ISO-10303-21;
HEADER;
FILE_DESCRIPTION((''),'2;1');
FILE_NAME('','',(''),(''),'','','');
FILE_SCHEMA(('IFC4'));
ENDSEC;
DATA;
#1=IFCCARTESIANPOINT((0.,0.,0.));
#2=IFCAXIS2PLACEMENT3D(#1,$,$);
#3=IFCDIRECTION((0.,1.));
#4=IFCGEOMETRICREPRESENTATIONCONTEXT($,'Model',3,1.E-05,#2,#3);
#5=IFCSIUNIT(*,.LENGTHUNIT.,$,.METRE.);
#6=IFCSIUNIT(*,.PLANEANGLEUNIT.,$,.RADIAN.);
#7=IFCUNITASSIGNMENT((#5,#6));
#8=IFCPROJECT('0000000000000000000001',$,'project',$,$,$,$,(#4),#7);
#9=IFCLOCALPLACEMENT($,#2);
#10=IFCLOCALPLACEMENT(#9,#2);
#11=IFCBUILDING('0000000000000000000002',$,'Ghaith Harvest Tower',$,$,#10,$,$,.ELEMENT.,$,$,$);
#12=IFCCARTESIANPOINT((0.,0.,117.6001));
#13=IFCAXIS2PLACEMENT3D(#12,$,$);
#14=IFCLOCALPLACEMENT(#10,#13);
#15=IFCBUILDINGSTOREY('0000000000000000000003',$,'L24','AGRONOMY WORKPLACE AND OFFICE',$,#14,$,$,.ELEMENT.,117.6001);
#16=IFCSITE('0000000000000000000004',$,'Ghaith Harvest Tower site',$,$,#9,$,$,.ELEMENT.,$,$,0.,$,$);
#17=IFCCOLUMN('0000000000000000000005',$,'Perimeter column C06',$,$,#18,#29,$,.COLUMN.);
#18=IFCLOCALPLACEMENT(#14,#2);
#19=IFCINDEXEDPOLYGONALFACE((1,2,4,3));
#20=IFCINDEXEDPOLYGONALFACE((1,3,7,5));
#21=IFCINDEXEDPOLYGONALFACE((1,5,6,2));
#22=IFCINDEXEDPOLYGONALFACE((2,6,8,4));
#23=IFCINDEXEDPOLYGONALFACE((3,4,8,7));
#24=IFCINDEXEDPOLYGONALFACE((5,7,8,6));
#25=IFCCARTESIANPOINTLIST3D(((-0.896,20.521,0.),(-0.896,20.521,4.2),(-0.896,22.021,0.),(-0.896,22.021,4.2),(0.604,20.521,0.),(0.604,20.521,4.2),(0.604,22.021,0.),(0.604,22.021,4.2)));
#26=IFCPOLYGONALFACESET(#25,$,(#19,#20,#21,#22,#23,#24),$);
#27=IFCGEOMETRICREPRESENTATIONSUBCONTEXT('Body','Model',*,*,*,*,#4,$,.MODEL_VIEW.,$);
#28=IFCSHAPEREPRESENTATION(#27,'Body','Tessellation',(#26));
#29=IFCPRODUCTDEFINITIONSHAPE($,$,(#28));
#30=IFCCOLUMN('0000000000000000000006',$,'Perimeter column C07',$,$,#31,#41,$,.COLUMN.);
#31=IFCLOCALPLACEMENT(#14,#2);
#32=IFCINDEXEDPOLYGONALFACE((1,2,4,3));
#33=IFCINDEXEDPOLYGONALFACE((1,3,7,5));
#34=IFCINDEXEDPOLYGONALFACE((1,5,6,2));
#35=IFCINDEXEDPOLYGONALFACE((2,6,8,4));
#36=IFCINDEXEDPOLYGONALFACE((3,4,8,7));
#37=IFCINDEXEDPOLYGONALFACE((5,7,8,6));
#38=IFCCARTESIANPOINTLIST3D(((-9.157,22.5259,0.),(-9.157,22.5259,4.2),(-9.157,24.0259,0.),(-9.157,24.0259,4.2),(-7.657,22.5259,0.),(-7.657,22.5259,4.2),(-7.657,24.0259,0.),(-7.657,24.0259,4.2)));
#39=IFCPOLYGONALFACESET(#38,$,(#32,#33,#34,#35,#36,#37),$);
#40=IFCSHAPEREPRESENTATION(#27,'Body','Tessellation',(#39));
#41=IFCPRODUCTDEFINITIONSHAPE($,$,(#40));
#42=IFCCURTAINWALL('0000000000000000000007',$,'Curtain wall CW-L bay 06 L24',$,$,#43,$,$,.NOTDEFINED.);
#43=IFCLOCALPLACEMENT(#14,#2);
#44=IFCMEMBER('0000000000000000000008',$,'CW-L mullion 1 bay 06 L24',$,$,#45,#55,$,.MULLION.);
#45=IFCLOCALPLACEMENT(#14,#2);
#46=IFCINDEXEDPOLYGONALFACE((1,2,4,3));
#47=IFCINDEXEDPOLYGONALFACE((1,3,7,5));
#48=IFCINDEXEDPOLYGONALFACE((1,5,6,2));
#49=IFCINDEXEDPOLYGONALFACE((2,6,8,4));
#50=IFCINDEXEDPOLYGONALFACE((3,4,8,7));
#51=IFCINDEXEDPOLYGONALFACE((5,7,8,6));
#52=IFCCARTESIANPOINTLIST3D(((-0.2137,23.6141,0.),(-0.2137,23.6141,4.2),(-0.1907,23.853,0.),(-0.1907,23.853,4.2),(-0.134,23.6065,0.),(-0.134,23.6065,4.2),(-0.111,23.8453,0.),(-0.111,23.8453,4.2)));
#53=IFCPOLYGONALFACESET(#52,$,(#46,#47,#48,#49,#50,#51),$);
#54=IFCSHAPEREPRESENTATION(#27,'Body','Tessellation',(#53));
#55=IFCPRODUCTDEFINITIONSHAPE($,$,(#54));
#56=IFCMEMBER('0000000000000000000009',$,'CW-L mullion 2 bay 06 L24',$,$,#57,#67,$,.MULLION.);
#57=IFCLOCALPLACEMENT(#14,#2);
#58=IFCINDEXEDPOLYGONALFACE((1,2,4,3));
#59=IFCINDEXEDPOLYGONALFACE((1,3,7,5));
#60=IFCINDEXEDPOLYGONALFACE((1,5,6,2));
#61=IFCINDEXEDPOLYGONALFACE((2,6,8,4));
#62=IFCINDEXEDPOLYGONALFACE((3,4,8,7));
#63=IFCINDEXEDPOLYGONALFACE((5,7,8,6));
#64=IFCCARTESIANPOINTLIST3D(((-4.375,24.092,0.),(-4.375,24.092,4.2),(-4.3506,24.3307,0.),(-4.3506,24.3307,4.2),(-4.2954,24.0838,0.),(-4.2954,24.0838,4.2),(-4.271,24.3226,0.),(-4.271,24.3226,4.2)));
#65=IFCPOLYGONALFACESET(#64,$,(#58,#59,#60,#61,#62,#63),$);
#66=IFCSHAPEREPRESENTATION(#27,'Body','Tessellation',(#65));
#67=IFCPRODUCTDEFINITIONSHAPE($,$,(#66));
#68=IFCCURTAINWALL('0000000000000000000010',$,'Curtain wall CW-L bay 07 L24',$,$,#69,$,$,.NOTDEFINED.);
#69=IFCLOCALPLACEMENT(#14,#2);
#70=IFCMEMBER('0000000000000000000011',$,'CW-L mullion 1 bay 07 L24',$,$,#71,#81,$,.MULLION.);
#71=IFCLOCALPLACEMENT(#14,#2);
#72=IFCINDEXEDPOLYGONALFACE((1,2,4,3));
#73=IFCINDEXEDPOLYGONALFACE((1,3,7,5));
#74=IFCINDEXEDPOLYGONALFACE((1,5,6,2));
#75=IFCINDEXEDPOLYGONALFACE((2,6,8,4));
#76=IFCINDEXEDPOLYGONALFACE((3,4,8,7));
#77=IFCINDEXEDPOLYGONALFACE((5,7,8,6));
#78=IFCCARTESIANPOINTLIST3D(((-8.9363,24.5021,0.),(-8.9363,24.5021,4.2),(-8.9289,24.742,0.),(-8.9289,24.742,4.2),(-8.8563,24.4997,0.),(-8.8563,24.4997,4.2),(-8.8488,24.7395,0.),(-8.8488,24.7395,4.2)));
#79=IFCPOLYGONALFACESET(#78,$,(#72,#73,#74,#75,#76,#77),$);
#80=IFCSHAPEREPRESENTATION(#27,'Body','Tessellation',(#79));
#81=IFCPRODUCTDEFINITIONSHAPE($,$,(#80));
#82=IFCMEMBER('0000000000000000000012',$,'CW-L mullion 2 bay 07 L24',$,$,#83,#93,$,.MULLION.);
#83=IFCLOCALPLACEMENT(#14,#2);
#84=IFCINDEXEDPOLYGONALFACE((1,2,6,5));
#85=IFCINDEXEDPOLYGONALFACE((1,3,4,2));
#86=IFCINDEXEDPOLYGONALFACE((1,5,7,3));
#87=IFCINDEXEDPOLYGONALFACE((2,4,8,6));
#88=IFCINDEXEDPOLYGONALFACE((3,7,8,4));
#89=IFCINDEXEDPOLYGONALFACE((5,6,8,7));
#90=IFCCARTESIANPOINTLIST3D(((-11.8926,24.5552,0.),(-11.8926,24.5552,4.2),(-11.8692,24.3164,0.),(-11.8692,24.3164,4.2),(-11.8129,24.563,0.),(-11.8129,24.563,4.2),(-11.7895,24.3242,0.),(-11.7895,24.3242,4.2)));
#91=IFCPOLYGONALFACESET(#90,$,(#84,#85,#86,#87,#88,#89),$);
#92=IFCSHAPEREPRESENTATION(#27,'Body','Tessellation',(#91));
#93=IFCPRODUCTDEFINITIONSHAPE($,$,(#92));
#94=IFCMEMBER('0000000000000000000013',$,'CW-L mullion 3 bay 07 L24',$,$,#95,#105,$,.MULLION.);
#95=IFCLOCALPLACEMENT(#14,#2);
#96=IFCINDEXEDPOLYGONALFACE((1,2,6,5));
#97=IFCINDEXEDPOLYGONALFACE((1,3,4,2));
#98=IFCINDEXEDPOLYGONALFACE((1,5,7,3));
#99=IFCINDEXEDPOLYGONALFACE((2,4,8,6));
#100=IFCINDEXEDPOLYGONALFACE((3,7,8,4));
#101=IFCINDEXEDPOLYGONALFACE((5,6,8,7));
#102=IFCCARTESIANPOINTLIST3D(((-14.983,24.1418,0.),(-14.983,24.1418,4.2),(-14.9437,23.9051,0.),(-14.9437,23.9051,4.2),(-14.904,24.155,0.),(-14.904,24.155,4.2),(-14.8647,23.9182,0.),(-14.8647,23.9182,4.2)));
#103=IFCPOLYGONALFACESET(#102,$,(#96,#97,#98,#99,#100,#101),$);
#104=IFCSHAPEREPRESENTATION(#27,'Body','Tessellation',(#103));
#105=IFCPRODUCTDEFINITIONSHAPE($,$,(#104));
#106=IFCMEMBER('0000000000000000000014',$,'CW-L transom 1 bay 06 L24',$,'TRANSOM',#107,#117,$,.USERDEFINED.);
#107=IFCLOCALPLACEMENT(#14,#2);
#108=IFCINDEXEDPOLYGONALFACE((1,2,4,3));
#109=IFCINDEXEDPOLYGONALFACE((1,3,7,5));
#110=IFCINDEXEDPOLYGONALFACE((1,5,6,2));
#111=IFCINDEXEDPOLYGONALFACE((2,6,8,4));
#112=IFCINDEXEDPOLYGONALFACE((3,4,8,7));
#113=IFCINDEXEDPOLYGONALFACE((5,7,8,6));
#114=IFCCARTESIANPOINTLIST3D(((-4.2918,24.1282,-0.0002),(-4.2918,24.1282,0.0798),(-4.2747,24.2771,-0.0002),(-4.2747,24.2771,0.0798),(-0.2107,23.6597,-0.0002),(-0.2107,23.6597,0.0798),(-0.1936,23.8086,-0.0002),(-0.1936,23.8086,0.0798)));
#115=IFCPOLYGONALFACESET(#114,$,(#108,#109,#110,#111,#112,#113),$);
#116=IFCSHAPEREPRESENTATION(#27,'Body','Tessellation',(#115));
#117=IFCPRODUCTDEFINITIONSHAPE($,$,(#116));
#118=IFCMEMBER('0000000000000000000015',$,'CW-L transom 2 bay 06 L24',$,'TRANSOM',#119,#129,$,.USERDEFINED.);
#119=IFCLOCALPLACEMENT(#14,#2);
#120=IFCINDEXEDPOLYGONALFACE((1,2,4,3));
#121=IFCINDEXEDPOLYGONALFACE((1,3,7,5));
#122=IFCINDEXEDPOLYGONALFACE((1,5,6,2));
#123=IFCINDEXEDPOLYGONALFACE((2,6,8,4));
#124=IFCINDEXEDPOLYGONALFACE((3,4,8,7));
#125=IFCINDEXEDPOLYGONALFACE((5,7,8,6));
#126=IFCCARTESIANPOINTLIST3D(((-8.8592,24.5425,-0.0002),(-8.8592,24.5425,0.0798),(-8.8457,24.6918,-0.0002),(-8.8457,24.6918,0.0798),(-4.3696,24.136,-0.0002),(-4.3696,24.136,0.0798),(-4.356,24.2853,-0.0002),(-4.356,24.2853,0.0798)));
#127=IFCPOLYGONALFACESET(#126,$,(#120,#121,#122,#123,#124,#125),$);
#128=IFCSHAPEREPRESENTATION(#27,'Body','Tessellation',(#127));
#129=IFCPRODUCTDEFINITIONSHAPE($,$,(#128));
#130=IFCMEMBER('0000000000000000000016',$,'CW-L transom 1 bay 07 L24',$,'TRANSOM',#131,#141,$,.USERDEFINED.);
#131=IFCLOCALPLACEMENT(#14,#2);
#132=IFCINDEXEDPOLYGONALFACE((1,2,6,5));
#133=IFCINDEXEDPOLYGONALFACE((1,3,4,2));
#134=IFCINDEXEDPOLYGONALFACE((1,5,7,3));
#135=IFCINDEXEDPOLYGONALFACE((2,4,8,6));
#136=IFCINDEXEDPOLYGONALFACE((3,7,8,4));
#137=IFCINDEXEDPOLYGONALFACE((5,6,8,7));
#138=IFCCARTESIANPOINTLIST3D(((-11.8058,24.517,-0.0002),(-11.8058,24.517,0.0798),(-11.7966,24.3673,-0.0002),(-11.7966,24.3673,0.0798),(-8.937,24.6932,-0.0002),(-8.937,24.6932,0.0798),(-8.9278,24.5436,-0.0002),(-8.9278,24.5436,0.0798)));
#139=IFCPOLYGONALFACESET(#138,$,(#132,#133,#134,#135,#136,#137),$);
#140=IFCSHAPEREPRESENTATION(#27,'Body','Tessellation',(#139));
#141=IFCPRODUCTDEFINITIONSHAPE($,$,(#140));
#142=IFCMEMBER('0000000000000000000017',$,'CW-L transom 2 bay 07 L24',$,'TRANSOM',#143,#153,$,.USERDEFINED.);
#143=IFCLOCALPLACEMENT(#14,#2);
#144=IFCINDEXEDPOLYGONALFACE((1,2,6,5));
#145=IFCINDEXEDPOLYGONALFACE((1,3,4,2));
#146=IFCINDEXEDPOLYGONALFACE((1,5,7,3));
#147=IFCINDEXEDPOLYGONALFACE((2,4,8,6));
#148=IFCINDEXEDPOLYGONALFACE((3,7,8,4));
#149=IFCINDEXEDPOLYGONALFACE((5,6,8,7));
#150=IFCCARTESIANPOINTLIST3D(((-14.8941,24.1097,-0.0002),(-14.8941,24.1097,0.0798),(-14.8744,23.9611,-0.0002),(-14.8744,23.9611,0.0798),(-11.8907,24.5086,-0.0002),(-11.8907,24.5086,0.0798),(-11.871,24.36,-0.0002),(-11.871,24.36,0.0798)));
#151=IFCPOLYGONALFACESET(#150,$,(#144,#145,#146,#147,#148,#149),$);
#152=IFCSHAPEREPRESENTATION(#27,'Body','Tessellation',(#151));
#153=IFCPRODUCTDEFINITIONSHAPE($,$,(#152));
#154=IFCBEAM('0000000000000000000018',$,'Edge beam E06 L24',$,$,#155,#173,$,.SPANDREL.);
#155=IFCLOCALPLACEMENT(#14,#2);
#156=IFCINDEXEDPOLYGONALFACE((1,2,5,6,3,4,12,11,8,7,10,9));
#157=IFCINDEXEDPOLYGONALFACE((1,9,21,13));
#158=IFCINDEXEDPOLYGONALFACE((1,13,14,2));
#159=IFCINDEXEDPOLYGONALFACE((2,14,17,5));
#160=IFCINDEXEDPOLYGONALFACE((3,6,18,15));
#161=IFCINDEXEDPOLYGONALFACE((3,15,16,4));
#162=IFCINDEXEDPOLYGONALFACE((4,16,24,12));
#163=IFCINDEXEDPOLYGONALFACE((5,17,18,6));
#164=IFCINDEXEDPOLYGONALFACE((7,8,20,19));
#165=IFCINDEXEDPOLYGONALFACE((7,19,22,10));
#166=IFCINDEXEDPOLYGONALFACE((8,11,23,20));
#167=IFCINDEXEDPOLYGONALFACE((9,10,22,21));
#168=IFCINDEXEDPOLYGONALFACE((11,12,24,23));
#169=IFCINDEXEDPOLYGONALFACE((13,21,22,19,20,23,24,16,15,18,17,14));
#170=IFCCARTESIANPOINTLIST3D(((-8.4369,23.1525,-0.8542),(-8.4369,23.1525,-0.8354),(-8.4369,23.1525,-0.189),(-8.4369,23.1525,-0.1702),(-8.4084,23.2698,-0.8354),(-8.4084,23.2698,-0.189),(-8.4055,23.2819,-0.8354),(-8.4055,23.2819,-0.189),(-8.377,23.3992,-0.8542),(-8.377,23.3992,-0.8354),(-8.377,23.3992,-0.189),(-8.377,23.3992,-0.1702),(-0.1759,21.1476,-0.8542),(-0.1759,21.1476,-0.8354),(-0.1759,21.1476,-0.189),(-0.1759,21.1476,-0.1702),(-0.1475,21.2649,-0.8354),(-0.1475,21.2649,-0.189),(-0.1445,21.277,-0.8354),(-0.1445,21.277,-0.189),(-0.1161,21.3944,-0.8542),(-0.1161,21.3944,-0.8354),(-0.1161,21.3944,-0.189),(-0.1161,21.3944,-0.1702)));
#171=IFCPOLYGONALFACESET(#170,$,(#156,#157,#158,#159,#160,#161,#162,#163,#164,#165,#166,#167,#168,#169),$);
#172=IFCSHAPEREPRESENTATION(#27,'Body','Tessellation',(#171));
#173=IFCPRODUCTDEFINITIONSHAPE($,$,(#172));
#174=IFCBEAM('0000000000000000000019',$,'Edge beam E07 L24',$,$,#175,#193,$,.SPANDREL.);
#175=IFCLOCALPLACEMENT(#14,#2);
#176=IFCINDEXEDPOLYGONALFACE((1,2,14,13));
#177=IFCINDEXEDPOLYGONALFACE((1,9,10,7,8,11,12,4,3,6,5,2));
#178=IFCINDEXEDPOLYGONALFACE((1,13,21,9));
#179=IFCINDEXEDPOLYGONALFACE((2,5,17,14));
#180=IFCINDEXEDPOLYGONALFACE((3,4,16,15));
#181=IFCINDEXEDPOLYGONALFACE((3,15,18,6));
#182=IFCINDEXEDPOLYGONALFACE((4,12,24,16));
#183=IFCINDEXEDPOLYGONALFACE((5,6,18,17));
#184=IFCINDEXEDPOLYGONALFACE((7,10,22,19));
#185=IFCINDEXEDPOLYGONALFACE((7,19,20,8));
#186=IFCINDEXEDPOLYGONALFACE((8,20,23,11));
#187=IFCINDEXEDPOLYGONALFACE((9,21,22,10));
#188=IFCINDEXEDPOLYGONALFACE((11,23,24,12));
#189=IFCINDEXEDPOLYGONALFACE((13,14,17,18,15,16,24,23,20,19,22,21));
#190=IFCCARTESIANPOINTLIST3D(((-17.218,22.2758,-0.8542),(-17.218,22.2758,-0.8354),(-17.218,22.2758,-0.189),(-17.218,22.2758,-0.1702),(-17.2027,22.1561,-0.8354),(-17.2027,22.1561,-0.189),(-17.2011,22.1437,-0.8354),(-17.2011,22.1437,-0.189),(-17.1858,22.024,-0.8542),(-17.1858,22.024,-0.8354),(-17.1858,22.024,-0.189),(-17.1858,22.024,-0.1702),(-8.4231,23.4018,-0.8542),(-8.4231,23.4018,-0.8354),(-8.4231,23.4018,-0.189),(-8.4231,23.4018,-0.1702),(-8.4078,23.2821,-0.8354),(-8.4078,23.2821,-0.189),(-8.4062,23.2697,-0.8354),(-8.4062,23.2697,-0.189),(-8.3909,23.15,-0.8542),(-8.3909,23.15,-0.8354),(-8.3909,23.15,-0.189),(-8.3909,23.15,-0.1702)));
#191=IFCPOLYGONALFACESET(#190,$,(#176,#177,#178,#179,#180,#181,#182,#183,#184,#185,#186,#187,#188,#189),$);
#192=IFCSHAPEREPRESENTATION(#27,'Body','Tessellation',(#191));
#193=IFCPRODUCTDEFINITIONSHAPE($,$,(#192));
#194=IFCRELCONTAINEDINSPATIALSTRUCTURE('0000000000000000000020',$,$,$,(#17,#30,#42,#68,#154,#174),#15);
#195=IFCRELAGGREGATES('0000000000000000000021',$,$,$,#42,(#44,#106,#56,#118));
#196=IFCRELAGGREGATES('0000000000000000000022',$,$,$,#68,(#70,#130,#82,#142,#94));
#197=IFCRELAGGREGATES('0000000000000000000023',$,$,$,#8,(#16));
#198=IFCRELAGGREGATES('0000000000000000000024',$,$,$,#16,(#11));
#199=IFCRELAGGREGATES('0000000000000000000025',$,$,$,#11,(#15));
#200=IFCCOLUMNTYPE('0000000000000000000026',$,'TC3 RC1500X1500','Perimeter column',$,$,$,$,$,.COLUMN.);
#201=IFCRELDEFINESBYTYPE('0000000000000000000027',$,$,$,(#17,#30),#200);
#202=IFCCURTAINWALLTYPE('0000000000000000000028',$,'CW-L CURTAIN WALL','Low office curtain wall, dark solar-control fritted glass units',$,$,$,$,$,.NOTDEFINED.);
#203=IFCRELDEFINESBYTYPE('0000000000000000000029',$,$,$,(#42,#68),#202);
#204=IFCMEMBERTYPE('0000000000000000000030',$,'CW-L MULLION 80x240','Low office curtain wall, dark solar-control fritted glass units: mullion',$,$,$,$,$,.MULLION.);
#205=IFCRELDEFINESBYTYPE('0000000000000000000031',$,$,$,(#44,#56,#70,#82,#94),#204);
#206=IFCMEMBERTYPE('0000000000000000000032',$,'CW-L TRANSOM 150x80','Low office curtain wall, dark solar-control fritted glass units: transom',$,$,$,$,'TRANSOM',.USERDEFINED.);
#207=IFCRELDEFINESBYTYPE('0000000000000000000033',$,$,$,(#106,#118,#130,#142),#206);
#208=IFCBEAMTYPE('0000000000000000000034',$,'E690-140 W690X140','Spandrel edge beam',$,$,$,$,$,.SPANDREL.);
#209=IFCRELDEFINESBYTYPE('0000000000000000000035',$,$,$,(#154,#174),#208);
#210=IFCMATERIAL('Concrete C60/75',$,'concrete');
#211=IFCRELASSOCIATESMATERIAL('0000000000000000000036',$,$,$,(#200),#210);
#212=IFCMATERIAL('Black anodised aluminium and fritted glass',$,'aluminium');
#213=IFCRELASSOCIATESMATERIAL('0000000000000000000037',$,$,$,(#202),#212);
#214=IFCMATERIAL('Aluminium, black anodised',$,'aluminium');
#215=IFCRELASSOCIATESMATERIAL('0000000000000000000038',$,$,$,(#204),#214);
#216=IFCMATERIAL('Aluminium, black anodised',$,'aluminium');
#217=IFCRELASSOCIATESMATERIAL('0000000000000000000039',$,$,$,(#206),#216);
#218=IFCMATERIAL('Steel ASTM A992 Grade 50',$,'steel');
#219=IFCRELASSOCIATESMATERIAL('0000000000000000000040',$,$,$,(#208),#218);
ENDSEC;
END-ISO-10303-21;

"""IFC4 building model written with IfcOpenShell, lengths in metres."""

from ifc_helpers import new_model, si_unit, direction, frame, origin, origin_2d, place, context, subcontext, project, spatial, rectangle, i_section, extrude, material, material_profile, profile_set, type_object, element, aggregate, save


model = new_model("IFC4")

# Units and contexts
model_context = context("Model", 3, precision=1e-05, world=origin(), true_north=direction((0.0, 1.0)))
body_context = subcontext(model_context, "Body", "Model", "MODEL_VIEW")
ifc_project = project(units=[si_unit("LENGTHUNIT", "METRE"), si_unit("PLANEANGLEUNIT", "RADIAN")], contexts=[model_context])

# Site, building, storey
site_placement = place(None, origin())
site = spatial("IfcSite", under=ifc_project, at=site_placement, Name="Ghaith Harvest Tower site", CompositionType="ELEMENT", RefElevation=0.0)
building_placement = place(site_placement, origin())
building = spatial("IfcBuilding", under=site, at=building_placement, Name="Ghaith Harvest Tower", CompositionType="ELEMENT")
storey_placement = place(building_placement, frame((0.0, 0.0, 117.6001)))
storey = spatial("IfcBuildingStorey", under=building, at=storey_placement, Name="L24", Description="AGRONOMY WORKPLACE AND OFFICE", CompositionType="ELEMENT", Elevation=117.6001)

# Columns
ifc_material_1 = material(Name="Concrete C60/75", Category="concrete")
ifc_material_profile_1 = material_profile(ifc_material_1, rectangle(XDim=1.5, YDim=1.5, at=origin_2d()), Name="RC1500X1500")
ifc_profile_set_1 = profile_set([ifc_material_profile_1], Name="Concrete C60/75")
column_type = type_object("IfcColumnType", Name="TC3 RC1500X1500", Description="Perimeter column", PredefinedType="COLUMN", material=ifc_profile_set_1)
for number, where, z_axis, x_axis, name in (
    (1, (-0.146, 21.271, 0.0), (0.0, 0.0, 1.0), (1.0, 0.0, 0.0), "Perimeter column C06"),
    (2, (-8.407, 23.2759, 0.0), (0.0, 0.0, 1.0), (1.0, 0.0, 0.0), "Perimeter column C07"),
):
    element("IfcColumn", number, at=place(storey_placement, frame(where, z_axis=z_axis, x_axis=x_axis)), inside=storey, type_object=column_type, Name=name, PredefinedType="COLUMN", context=body_context, shape_type="SweptSolid", body=[
        extrude(rectangle(XDim=1.5, YDim=1.5, at=origin_2d()), origin(), (0.0, 0.0, 1.0), 4.2),
    ])

# Curtain walls, members
ifc_material_2 = material(Name="Black anodised aluminium and fritted glass", Category="aluminium")
curtain_wall_type = type_object("IfcCurtainWallType", Name="CW-L CURTAIN WALL", Description="Low office curtain wall, dark solar-control fritted glass units", PredefinedType="NOTDEFINED", material=ifc_material_2)
curtain_wall_1_placement = place(storey_placement, origin())
curtain_wall_1 = element("IfcCurtainWall", 3, at=curtain_wall_1_placement, inside=storey, type_object=curtain_wall_type, Name="Curtain wall CW-L bay 06 L24", PredefinedType="NOTDEFINED")
ifc_material_3 = material(Name="Aluminium, black anodised", Category="aluminium")
ifc_material_profile_2 = material_profile(ifc_material_3, rectangle(XDim=0.0801, YDim=0.24, at=origin_2d()), Name="CW-L MULLION 80x240")
ifc_profile_set_2 = profile_set([ifc_material_profile_2], Name="Aluminium, black anodised")
member_type_1 = type_object("IfcMemberType", Name="CW-L MULLION 80x240", Description="Low office curtain wall, dark solar-control fritted glass units: mullion", PredefinedType="MULLION", material=ifc_profile_set_2)
member_1_placement = place(storey_placement, frame((-0.1624, 23.7297, 0.0), z_axis=(0.0, 0.0, 1.0), x_axis=(-0.995388, 0.09593, 0.0)))
member_1 = element("IfcMember", 4, at=member_1_placement, type_object=member_type_1, Name="CW-L mullion 1 bay 06 L24", PredefinedType="MULLION", context=body_context, shape_type="SweptSolid", body=[
    extrude(rectangle(XDim=0.0801, YDim=0.24, at=origin_2d()), origin(), (0.0, 0.0, 1.0), 4.2),
])
member_2_placement = place(storey_placement, frame((-4.323, 24.2073, 0.0), z_axis=(0.0, 0.0, 1.0), x_axis=(-0.99483, 0.101551, 0.0)))
member_2 = element("IfcMember", 5, at=member_2_placement, type_object=member_type_1, Name="CW-L mullion 2 bay 06 L24", PredefinedType="MULLION", context=body_context, shape_type="SweptSolid", body=[
    extrude(rectangle(XDim=0.0801, YDim=0.24, at=origin_2d()), origin(), (0.0, 0.0, 1.0), 4.2),
])
curtain_wall_2_placement = place(storey_placement, origin())
curtain_wall_2 = element("IfcCurtainWall", 6, at=curtain_wall_2_placement, inside=storey, type_object=curtain_wall_type, Name="Curtain wall CW-L bay 07 L24", PredefinedType="NOTDEFINED")
member_3_placement = place(storey_placement, frame((-8.8926, 24.6208, 0.0), z_axis=(0.0, 0.0, 1.0), x_axis=(-0.999522, 0.030909, 0.0)))
member_3 = element("IfcMember", 7, at=member_3_placement, type_object=member_type_1, Name="CW-L mullion 1 bay 07 L24", PredefinedType="MULLION", context=body_context, shape_type="SweptSolid", body=[
    extrude(rectangle(XDim=0.0801, YDim=0.24, at=origin_2d()), origin(), (0.0, 0.0, 1.0), 4.2),
])
member_4_placement = place(storey_placement, frame((-11.8411, 24.4397, 0.0), z_axis=(0.0, 0.0, 1.0), x_axis=(-0.995238, -0.09748, 0.0)))
member_4 = element("IfcMember", 8, at=member_4_placement, type_object=member_type_1, Name="CW-L mullion 2 bay 07 L24", PredefinedType="MULLION", context=body_context, shape_type="SweptSolid", body=[
    extrude(rectangle(XDim=0.0801, YDim=0.24, at=origin_2d()), origin(), (0.0, 0.0, 1.0), 4.2),
])
member_5_placement = place(storey_placement, frame((-14.9238, 24.03, 0.0), z_axis=(0.0, 0.0, 1.0), x_axis=(-0.986495, -0.163794, 0.0)))
member_5 = element("IfcMember", 9, at=member_5_placement, type_object=member_type_1, Name="CW-L mullion 3 bay 07 L24", PredefinedType="MULLION", context=body_context, shape_type="SweptSolid", body=[
    extrude(rectangle(XDim=0.0801, YDim=0.24, at=origin_2d()), origin(), (0.0, 0.0, 1.0), 4.2),
])

# Members
ifc_material_4 = material(Name="Aluminium, black anodised", Category="aluminium")
ifc_material_profile_3 = material_profile(ifc_material_4, rectangle(XDim=0.1499, YDim=0.0801, at=origin_2d()), Name="CW-L TRANSOM 150x80")
ifc_profile_set_3 = profile_set([ifc_material_profile_3], Name="Aluminium, black anodised")
member_type_2 = type_object("IfcMemberType", Name="CW-L TRANSOM 150x80", Description="Low office curtain wall, dark solar-control fritted glass units: transom", ElementType="TRANSOM", PredefinedType="USERDEFINED", material=ifc_profile_set_3)
member_6_placement = place(storey_placement, frame((-0.2021, 23.7341, 0.0398), z_axis=(-0.993475, 0.114051, 0.0), x_axis=(-0.114051, -0.993475, 0.0)))
member_6 = element("IfcMember", 10, at=member_6_placement, type_object=member_type_2, Name="CW-L transom 1 bay 06 L24", ObjectType="TRANSOM", PredefinedType="USERDEFINED", context=body_context, shape_type="SweptSolid", body=[
    extrude(rectangle(XDim=0.1499, YDim=0.0801, at=origin_2d()), origin(), (0.0, 0.0, 1.0), 4.1079),
])
member_7_placement = place(storey_placement, frame((-4.3628, 24.2107, 0.0398), z_axis=(-0.995926, 0.09017, 0.0), x_axis=(-0.09017, -0.995926, 0.0)))
member_7 = element("IfcMember", 11, at=member_7_placement, type_object=member_type_2, Name="CW-L transom 2 bay 06 L24", ObjectType="TRANSOM", PredefinedType="USERDEFINED", context=body_context, shape_type="SweptSolid", body=[
    extrude(rectangle(XDim=0.1499, YDim=0.0801, at=origin_2d()), origin(), (0.0, 0.0, 1.0), 4.5081),
])
member_8_placement = place(storey_placement, frame((-8.9324, 24.6184, 0.0398), z_axis=(-0.998118, -0.061326, 0.0), x_axis=(0.061326, -0.998118, 0.0)))
member_8 = element("IfcMember", 12, at=member_8_placement, type_object=member_type_2, Name="CW-L transom 1 bay 07 L24", ObjectType="TRANSOM", PredefinedType="USERDEFINED", context=body_context, shape_type="SweptSolid", body=[
    extrude(rectangle(XDim=0.1499, YDim=0.0801, at=origin_2d()), origin(), (0.0, 0.0, 1.0), 2.8743),
])
member_9_placement = place(storey_placement, frame((-11.8809, 24.4343, 0.0398), z_axis=(-0.991294, -0.131668, 0.0), x_axis=(0.131668, -0.991294, 0.0)))
member_9 = element("IfcMember", 13, at=member_9_placement, type_object=member_type_2, Name="CW-L transom 2 bay 07 L24", ObjectType="TRANSOM", PredefinedType="USERDEFINED", context=body_context, shape_type="SweptSolid", body=[
    extrude(rectangle(XDim=0.1499, YDim=0.0801, at=origin_2d()), origin(), (0.0, 0.0, 1.0), 3.0298),
])

# Beams
ifc_material_5 = material(Name="Steel ASTM A992 Grade 50", Category="steel")
ifc_material_profile_4 = material_profile(ifc_material_5, i_section(OverallWidth=0.2539, OverallDepth=0.6841, WebThickness=0.0125, FlangeThickness=0.0188, at=origin_2d()), Name="W690X140")
ifc_profile_set_4 = profile_set([ifc_material_profile_4], Name="Steel ASTM A992 Grade 50")
beam_type_1 = type_object("IfcBeamType", Name="E690-140 W690X140", Description="Spandrel edge beam", PredefinedType="SPANDREL", material=ifc_profile_set_4)
beam_1_placement = place(storey_placement, frame((-0.146, 21.271, -0.5122), z_axis=(-0.97179, 0.235847, 0.0), x_axis=(-0.235847, -0.97179, 0.0)))
element("IfcBeam", 14, at=beam_1_placement, inside=storey, type_object=beam_type_1, Name="Edge beam E06 L24", PredefinedType="SPANDREL", context=body_context, shape_type="SweptSolid", body=[
    extrude(i_section(OverallWidth=0.2539, OverallDepth=0.6841, WebThickness=0.0125, FlangeThickness=0.0188, at=origin_2d()), origin(), (0.0, 0.0, 1.0), 8.5007),
])
beam_2_placement = place(storey_placement, frame((-8.407, 23.2759, -0.5122), z_axis=(-0.991904, -0.126989, 0.0), x_axis=(0.126989, -0.991904, 0.0)))
element("IfcBeam", 15, at=beam_2_placement, inside=storey, type_object=beam_type_1, Name="Edge beam E07 L24", PredefinedType="SPANDREL", context=body_context, shape_type="SweptSolid", body=[
    extrude(i_section(OverallWidth=0.2539, OverallDepth=0.6841, WebThickness=0.0125, FlangeThickness=0.0188, at=origin_2d()), origin(), (0.0, 0.0, 1.0), 8.8667),
])

aggregate(curtain_wall_1, [member_1, member_6, member_2, member_7])
aggregate(curtain_wall_2, [member_3, member_8, member_4, member_9, member_5])

save(model, "model.ifc")
